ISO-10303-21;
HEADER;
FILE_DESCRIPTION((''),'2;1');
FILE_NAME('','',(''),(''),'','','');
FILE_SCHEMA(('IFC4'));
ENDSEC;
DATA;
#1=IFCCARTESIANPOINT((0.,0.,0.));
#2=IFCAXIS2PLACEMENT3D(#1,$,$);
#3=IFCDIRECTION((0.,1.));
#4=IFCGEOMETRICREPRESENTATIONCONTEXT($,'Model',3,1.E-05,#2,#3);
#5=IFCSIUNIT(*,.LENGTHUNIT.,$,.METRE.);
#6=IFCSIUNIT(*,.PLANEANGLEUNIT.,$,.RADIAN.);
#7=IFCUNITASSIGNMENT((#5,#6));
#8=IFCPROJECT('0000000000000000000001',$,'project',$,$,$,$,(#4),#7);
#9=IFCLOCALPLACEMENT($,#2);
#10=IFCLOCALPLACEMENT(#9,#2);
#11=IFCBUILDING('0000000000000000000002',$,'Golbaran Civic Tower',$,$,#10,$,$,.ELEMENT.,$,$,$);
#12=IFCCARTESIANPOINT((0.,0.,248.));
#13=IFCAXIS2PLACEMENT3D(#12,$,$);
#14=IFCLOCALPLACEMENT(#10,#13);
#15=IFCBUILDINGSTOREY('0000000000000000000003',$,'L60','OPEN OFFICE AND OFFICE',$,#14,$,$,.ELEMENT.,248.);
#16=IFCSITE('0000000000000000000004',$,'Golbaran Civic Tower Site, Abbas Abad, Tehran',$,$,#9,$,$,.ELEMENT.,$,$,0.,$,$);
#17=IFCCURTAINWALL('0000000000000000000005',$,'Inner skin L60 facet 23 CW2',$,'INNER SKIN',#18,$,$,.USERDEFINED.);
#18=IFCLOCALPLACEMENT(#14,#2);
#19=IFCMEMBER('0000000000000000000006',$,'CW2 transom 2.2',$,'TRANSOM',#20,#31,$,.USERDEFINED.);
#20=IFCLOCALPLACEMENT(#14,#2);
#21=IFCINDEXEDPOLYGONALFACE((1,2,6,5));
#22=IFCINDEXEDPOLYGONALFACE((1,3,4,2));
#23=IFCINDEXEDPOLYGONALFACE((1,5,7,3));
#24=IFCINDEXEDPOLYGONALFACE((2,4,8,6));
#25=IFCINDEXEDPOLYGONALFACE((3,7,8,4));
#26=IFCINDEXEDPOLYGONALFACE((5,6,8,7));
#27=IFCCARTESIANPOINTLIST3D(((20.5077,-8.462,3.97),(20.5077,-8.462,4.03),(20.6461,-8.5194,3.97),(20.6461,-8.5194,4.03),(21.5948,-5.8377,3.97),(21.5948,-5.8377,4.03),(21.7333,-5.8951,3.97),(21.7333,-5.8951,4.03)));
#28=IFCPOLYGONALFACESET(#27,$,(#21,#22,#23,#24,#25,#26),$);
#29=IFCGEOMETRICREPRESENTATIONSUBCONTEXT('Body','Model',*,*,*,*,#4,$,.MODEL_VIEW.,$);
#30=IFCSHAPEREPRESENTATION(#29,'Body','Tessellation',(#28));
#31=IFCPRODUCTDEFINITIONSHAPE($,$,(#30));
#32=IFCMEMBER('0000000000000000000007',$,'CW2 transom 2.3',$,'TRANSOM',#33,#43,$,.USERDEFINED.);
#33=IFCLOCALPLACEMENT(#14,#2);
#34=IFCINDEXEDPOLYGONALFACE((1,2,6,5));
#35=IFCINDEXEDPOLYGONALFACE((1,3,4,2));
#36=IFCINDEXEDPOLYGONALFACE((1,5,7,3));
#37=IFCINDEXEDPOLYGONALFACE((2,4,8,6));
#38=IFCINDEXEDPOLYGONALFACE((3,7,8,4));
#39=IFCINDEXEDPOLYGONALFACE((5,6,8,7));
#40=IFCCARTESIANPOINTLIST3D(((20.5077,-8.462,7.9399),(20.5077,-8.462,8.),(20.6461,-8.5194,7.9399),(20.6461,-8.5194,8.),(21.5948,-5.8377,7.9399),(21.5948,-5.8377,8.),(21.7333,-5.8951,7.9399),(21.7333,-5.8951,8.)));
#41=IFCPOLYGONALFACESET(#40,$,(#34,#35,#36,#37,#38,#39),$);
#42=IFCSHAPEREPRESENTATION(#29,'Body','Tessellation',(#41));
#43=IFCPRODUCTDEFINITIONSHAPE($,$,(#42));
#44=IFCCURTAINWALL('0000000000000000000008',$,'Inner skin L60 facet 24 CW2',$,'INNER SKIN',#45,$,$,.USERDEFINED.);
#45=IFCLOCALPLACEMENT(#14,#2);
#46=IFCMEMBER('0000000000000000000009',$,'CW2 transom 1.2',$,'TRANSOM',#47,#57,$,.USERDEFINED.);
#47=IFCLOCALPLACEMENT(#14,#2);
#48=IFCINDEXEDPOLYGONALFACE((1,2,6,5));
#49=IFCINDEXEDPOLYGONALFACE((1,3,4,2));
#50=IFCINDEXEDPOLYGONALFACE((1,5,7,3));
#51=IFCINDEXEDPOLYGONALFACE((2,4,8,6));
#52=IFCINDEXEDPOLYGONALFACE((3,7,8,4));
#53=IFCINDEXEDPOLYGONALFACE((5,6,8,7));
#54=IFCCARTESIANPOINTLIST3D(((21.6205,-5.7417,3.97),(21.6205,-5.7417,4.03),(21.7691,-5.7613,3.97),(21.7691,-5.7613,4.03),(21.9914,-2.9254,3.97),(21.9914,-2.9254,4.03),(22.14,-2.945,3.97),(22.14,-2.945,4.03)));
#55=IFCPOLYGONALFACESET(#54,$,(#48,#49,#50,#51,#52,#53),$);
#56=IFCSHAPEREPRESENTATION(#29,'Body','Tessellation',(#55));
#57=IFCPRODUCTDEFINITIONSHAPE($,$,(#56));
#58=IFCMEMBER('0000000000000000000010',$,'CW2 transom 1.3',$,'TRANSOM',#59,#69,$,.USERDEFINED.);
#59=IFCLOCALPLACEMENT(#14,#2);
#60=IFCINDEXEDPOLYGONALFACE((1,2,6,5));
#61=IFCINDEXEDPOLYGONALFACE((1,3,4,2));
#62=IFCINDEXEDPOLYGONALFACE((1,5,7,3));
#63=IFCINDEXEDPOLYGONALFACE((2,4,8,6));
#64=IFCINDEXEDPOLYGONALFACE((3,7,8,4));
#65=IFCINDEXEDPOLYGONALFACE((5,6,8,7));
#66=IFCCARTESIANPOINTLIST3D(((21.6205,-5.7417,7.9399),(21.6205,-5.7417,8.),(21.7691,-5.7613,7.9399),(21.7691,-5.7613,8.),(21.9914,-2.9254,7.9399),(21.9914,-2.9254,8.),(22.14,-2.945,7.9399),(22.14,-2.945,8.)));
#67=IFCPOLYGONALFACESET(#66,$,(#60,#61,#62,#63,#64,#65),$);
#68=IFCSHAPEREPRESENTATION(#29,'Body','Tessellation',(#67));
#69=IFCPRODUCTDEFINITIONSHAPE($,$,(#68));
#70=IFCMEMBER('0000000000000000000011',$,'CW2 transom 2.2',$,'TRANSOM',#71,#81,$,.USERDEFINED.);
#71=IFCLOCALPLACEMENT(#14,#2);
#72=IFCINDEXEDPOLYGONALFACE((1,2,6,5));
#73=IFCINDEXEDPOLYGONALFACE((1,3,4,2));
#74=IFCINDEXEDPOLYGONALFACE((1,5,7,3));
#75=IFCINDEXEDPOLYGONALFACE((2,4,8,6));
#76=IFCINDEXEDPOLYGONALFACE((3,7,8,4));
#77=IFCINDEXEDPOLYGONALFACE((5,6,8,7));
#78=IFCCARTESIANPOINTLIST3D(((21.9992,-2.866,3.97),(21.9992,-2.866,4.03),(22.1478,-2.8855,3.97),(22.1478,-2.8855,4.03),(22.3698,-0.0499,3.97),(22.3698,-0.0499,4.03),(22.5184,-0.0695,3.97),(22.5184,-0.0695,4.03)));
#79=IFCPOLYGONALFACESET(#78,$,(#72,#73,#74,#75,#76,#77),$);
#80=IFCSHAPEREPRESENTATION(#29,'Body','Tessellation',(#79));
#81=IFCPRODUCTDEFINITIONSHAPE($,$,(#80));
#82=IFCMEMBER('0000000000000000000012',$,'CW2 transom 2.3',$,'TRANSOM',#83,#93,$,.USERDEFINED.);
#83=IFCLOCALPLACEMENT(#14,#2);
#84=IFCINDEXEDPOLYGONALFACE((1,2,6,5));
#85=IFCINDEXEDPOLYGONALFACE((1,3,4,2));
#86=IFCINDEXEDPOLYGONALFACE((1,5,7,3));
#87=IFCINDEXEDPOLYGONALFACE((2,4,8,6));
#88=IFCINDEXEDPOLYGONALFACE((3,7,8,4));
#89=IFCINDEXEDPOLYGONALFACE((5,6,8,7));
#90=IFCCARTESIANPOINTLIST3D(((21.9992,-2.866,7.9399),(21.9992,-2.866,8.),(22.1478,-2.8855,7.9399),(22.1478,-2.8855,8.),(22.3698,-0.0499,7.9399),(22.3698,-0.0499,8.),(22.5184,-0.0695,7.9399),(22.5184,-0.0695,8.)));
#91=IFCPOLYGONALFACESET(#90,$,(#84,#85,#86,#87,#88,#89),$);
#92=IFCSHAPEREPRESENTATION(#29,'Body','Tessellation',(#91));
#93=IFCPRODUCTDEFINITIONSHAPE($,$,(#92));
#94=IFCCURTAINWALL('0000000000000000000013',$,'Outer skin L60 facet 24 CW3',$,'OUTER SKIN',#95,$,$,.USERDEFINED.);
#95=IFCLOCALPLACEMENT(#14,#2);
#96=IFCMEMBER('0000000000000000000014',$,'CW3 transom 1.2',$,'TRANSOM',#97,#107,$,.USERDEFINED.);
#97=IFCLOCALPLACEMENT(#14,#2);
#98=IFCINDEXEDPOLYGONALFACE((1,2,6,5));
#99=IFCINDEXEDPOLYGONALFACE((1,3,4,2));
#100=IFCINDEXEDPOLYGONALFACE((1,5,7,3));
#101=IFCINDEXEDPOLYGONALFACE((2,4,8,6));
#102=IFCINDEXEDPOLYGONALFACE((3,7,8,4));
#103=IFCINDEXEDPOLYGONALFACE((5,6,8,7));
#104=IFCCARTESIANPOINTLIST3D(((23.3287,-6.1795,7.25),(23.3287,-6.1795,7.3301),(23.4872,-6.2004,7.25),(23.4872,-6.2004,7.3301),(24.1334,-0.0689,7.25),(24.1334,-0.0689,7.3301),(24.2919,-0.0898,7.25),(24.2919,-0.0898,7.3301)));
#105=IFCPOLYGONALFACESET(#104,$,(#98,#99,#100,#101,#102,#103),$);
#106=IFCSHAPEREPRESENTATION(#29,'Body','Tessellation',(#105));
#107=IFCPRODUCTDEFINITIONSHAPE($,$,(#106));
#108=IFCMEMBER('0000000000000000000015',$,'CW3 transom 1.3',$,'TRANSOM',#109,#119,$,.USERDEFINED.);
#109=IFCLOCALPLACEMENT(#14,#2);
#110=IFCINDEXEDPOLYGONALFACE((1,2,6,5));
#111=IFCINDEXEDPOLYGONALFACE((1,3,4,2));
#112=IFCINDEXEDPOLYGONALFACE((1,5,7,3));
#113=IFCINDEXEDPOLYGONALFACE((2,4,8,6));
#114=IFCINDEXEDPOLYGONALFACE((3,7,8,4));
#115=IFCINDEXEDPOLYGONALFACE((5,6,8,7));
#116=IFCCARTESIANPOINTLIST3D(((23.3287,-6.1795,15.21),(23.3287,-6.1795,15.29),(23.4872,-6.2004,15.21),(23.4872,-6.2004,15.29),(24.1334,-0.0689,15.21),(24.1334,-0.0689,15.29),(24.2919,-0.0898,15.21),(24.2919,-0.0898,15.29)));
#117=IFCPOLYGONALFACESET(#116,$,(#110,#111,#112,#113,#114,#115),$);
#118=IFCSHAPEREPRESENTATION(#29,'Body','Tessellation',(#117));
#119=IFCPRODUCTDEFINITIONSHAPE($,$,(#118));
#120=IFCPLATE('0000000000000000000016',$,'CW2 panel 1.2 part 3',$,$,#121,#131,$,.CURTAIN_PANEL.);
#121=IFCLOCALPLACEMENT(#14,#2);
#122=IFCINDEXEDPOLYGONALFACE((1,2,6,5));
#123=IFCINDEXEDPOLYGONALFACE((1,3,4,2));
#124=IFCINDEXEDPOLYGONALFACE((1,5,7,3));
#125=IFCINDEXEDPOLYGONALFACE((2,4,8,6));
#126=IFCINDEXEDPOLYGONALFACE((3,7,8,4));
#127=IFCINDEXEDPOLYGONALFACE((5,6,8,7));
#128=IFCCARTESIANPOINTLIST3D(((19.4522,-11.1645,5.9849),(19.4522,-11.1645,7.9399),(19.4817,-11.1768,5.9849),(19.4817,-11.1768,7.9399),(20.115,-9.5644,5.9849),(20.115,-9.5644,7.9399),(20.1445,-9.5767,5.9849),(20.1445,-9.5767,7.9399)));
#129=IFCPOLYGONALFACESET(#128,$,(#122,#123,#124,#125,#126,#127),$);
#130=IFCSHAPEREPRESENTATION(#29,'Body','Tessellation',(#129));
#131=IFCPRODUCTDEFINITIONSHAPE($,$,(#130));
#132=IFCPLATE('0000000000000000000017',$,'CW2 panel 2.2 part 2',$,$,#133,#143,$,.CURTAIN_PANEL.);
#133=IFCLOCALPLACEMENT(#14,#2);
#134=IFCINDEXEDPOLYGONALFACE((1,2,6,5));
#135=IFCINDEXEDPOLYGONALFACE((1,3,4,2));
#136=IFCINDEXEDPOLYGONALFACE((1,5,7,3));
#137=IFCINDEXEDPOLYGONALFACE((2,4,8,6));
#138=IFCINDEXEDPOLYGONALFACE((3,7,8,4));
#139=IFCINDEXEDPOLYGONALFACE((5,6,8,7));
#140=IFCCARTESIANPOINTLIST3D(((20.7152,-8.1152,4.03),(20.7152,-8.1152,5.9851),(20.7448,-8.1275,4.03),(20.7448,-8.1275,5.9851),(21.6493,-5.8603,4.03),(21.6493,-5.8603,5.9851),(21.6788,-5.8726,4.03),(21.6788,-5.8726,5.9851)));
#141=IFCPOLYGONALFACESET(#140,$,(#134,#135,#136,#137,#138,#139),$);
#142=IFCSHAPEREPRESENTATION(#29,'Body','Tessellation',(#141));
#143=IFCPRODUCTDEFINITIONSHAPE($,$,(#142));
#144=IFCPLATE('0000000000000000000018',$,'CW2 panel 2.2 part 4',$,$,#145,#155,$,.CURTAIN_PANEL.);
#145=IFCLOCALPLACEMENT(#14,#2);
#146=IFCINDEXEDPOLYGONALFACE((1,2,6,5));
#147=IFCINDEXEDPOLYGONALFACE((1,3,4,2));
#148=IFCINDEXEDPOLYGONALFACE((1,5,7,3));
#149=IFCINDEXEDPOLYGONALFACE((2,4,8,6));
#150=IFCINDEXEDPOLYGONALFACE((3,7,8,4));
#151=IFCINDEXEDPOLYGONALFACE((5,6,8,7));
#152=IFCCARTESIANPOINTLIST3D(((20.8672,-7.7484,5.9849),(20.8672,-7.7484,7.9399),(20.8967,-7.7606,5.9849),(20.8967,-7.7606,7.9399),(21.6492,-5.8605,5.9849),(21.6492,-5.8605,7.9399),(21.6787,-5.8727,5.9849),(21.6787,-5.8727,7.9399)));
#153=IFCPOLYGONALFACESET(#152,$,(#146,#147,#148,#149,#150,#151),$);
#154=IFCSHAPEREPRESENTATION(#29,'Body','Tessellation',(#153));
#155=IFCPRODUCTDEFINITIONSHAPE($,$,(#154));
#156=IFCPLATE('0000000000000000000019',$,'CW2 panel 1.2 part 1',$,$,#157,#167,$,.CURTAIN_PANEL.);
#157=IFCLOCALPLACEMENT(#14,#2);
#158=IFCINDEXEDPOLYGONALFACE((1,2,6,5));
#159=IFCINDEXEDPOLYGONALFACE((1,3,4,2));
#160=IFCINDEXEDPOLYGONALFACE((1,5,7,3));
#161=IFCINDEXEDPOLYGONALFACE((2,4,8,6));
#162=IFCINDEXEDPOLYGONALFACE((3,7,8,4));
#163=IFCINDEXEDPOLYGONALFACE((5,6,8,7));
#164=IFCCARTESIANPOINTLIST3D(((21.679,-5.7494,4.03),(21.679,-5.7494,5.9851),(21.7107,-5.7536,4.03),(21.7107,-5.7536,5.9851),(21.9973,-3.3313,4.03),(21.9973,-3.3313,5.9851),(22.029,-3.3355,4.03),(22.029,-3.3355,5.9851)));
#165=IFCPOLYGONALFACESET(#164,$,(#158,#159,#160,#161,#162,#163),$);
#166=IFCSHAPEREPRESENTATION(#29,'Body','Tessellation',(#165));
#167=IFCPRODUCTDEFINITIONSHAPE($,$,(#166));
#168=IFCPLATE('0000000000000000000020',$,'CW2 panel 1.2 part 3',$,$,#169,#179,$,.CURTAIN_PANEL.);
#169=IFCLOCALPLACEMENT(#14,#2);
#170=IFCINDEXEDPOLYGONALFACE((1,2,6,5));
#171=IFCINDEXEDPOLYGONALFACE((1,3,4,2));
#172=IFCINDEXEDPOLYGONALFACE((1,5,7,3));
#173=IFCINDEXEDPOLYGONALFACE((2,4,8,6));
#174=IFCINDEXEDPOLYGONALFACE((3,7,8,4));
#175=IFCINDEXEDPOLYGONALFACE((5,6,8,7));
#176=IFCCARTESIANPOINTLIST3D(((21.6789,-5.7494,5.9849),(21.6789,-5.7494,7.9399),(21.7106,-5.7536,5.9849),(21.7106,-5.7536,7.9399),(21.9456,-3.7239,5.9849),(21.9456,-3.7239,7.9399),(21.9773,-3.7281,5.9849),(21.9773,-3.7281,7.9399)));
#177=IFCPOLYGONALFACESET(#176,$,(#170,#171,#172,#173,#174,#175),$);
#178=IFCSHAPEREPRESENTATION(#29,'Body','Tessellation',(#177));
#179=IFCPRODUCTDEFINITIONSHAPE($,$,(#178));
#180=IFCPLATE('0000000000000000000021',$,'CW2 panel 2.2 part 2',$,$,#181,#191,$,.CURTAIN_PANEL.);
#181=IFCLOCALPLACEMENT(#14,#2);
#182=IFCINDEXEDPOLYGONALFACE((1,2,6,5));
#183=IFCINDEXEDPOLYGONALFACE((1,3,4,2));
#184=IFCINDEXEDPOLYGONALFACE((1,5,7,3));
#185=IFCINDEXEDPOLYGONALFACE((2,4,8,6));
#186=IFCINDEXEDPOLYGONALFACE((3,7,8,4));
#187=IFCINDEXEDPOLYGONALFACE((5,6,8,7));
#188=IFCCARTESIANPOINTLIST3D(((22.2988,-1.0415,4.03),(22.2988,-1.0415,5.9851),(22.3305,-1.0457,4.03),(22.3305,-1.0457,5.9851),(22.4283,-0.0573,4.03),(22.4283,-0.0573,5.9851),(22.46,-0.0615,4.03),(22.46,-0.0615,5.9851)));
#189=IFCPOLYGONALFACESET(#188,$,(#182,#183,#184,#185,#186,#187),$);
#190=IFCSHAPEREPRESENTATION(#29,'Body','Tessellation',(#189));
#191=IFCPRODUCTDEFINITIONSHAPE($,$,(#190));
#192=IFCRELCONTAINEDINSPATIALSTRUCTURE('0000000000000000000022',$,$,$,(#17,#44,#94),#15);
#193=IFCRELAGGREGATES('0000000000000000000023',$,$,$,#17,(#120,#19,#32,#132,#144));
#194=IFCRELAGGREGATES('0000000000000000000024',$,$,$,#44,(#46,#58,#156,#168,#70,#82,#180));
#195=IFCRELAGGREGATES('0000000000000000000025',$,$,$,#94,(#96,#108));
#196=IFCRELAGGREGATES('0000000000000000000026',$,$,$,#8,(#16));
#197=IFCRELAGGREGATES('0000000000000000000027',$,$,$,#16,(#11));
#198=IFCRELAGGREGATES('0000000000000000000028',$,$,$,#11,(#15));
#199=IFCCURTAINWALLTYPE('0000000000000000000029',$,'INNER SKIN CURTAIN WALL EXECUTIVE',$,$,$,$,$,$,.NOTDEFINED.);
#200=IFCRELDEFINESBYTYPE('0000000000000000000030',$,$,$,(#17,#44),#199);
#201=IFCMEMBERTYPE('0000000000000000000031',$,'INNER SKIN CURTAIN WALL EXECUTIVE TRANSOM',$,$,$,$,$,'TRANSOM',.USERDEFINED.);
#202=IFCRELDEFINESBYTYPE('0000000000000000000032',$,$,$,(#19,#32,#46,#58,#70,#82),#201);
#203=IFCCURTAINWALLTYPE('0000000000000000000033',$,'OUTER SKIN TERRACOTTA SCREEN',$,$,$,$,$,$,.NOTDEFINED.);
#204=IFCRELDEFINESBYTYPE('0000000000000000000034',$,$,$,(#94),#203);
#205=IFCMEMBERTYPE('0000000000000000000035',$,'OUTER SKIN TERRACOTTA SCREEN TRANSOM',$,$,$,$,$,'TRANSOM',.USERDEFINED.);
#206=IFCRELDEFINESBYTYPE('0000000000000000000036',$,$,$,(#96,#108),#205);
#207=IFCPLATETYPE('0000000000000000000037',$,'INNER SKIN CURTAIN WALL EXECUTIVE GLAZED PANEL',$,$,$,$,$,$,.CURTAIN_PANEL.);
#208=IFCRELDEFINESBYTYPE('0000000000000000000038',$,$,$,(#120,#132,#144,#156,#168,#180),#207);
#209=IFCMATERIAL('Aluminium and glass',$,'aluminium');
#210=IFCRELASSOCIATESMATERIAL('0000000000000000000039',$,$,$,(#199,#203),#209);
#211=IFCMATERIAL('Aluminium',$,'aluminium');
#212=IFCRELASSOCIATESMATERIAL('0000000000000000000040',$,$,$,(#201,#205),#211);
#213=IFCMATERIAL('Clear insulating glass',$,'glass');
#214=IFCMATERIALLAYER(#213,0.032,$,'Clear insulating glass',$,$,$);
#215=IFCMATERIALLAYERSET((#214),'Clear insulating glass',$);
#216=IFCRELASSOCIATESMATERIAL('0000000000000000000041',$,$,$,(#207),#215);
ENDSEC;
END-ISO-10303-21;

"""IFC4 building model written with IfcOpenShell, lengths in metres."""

from ifc_helpers import new_model, si_unit, direction, frame, origin, origin_2d, place, context, subcontext, project, spatial, rectangle, extrude, material, layer, layer_set, material_profile, profile_set, type_object, element, aggregate, save


model = new_model("IFC4")

# Units and contexts
model_context = context("Model", 3, precision=1e-05, world=origin(), true_north=direction((0.0, 1.0)))
body_context = subcontext(model_context, "Body", "Model", "MODEL_VIEW")
ifc_project = project(units=[si_unit("LENGTHUNIT", "METRE"), si_unit("PLANEANGLEUNIT", "RADIAN")], contexts=[model_context])

# Site, building, storey
site_placement = place(None, origin())
site = spatial("IfcSite", under=ifc_project, at=site_placement, Name="Golbaran Civic Tower Site, Abbas Abad, Tehran", CompositionType="ELEMENT", RefElevation=0.0)
building_placement = place(site_placement, origin())
building = spatial("IfcBuilding", under=site, at=building_placement, Name="Golbaran Civic Tower", CompositionType="ELEMENT")
storey_placement = place(building_placement, frame((0.0, 0.0, 248.0)))
storey = spatial("IfcBuildingStorey", under=building, at=storey_placement, Name="L60", Description="OPEN OFFICE AND OFFICE", CompositionType="ELEMENT", Elevation=248.0)

# Curtain walls, members
ifc_material_1 = material(Name="Aluminium and glass", Category="aluminium")
curtain_wall_type_1 = type_object("IfcCurtainWallType", Name="INNER SKIN CURTAIN WALL EXECUTIVE", PredefinedType="NOTDEFINED", material=ifc_material_1)
curtain_wall_1_placement = place(storey_placement, origin())
curtain_wall_1 = element("IfcCurtainWall", 1, at=curtain_wall_1_placement, inside=storey, type_object=curtain_wall_type_1, Name="Inner skin L60 facet 23 CW2", ObjectType="INNER SKIN", PredefinedType="USERDEFINED")
ifc_material_2 = material(Name="Aluminium", Category="aluminium")
ifc_material_profile_1 = material_profile(ifc_material_2, rectangle(XDim=0.1499, YDim=0.0601, at=origin_2d()), Name="INNER SKIN CURTAIN WALL EXECUTIVE TRANSOM")
ifc_profile_set_1 = profile_set([ifc_material_profile_1], Name="Aluminium")
member_type_1 = type_object("IfcMemberType", Name="INNER SKIN CURTAIN WALL EXECUTIVE TRANSOM", ElementType="TRANSOM", PredefinedType="USERDEFINED", material=ifc_profile_set_1)
member_1_placement = place(storey_placement, frame((20.5769, -8.4907, 4.0), z_axis=(0.382729, 0.923861, 0.0), x_axis=(-0.923861, 0.382729, 0.0)))
member_1 = element("IfcMember", 2, at=member_1_placement, type_object=member_type_1, Name="CW2 transom 2.2", ObjectType="TRANSOM", PredefinedType="USERDEFINED", context=body_context, shape_type="SweptSolid", body=[
    extrude(rectangle(XDim=0.1499, YDim=0.0601, at=origin_2d()), origin(), (0.0, 0.0, 1.0), 2.8406),
])
member_2_placement = place(storey_placement, frame((20.5769, -8.4907, 7.97), z_axis=(0.382729, 0.923861, 0.0), x_axis=(-0.923861, 0.382729, 0.0)))
member_2 = element("IfcMember", 3, at=member_2_placement, type_object=member_type_1, Name="CW2 transom 2.3", ObjectType="TRANSOM", PredefinedType="USERDEFINED", context=body_context, shape_type="SweptSolid", body=[
    extrude(rectangle(XDim=0.1499, YDim=0.0601, at=origin_2d()), origin(), (0.0, 0.0, 1.0), 2.8406),
])
curtain_wall_2_placement = place(storey_placement, origin())
curtain_wall_2 = element("IfcCurtainWall", 4, at=curtain_wall_2_placement, inside=storey, type_object=curtain_wall_type_1, Name="Inner skin L60 facet 24 CW2", ObjectType="INNER SKIN", PredefinedType="USERDEFINED")
member_3_placement = place(storey_placement, frame((21.6948, -5.7515, 4.0), z_axis=(0.130559, 0.991441, 0.0), x_axis=(-0.991441, 0.130559, 0.0)))
member_3 = element("IfcMember", 5, at=member_3_placement, type_object=member_type_1, Name="CW2 transom 1.2", ObjectType="TRANSOM", PredefinedType="USERDEFINED", context=body_context, shape_type="SweptSolid", body=[
    extrude(rectangle(XDim=0.1499, YDim=0.0601, at=origin_2d()), origin(), (0.0, 0.0, 1.0), 2.8406),
])
member_4_placement = place(storey_placement, frame((21.6948, -5.7515, 7.97), z_axis=(0.130559, 0.991441, 0.0), x_axis=(-0.991441, 0.130559, 0.0)))
member_4 = element("IfcMember", 6, at=member_4_placement, type_object=member_type_1, Name="CW2 transom 1.3", ObjectType="TRANSOM", PredefinedType="USERDEFINED", context=body_context, shape_type="SweptSolid", body=[
    extrude(rectangle(XDim=0.1499, YDim=0.0601, at=origin_2d()), origin(), (0.0, 0.0, 1.0), 2.8406),
])
member_5_placement = place(storey_placement, frame((22.0735, -2.8757, 4.0), z_axis=(0.130475, 0.991452, 0.0), x_axis=(-0.991452, 0.130475, 0.0)))
member_5 = element("IfcMember", 7, at=member_5_placement, type_object=member_type_1, Name="CW2 transom 2.2", ObjectType="TRANSOM", PredefinedType="USERDEFINED", context=body_context, shape_type="SweptSolid", body=[
    extrude(rectangle(XDim=0.1499, YDim=0.0601, at=origin_2d()), origin(), (0.0, 0.0, 1.0), 2.8403),
])
member_6_placement = place(storey_placement, frame((22.0735, -2.8757, 7.97), z_axis=(0.130475, 0.991452, 0.0), x_axis=(-0.991452, 0.130475, 0.0)))
member_6 = element("IfcMember", 8, at=member_6_placement, type_object=member_type_1, Name="CW2 transom 2.3", ObjectType="TRANSOM", PredefinedType="USERDEFINED", context=body_context, shape_type="SweptSolid", body=[
    extrude(rectangle(XDim=0.1499, YDim=0.0601, at=origin_2d()), origin(), (0.0, 0.0, 1.0), 2.8403),
])
curtain_wall_type_2 = type_object("IfcCurtainWallType", Name="OUTER SKIN TERRACOTTA SCREEN", PredefinedType="NOTDEFINED", material=ifc_material_1)
curtain_wall_3_placement = place(storey_placement, origin())
curtain_wall_3 = element("IfcCurtainWall", 9, at=curtain_wall_3_placement, inside=storey, type_object=curtain_wall_type_2, Name="Outer skin L60 facet 24 CW3", ObjectType="OUTER SKIN", PredefinedType="USERDEFINED")
ifc_material_profile_2 = material_profile(ifc_material_2, rectangle(XDim=0.1599, YDim=0.0801, at=origin_2d()), Name="OUTER SKIN TERRACOTTA SCREEN TRANSOM")
ifc_profile_set_2 = profile_set([ifc_material_profile_2], Name="Aluminium")
member_type_2 = type_object("IfcMemberType", Name="OUTER SKIN TERRACOTTA SCREEN TRANSOM", ElementType="TRANSOM", PredefinedType="USERDEFINED", material=ifc_profile_set_2)
member_7_placement = place(storey_placement, frame((23.408, -6.1899, 7.29), z_axis=(0.13056, 0.99144, 0.0), x_axis=(-0.99144, 0.13056, 0.0)))
member_7 = element("IfcMember", 10, at=member_7_placement, type_object=member_type_2, Name="CW3 transom 1.2", ObjectType="TRANSOM", PredefinedType="USERDEFINED", context=body_context, shape_type="SweptSolid", body=[
    extrude(rectangle(XDim=0.1599, YDim=0.0801, at=origin_2d()), origin(), (0.0, 0.0, 1.0), 6.1633),
])
member_8_placement = place(storey_placement, frame((23.408, -6.1899, 15.25), z_axis=(0.13056, 0.99144, 0.0), x_axis=(-0.99144, 0.13056, 0.0)))
member_8 = element("IfcMember", 11, at=member_8_placement, type_object=member_type_2, Name="CW3 transom 1.3", ObjectType="TRANSOM", PredefinedType="USERDEFINED", context=body_context, shape_type="SweptSolid", body=[
    extrude(rectangle(XDim=0.1599, YDim=0.0801, at=origin_2d()), origin(), (0.0, 0.0, 1.0), 6.1633),
])

# Plates
ifc_material_3 = material(Name="Clear insulating glass", Category="glass")
ifc_layer_1 = layer(ifc_material_3, 0.032, Name="Clear insulating glass")
ifc_layer_set_1 = layer_set([ifc_layer_1], Name="Clear insulating glass")
plate_type_1 = type_object("IfcPlateType", Name="INNER SKIN CURTAIN WALL EXECUTIVE GLAZED PANEL", PredefinedType="CURTAIN_PANEL", material=ifc_layer_set_1)
plate_1_placement = place(storey_placement, frame((19.7983, -10.3706, 5.9849), z_axis=(0.0, 0.0, 1.0), x_axis=(0.382683, 0.92388, 0.0)))
plate_1 = element("IfcPlate", 12, at=plate_1_placement, type_object=plate_type_1, Name="CW2 panel 1.2 part 3", PredefinedType="CURTAIN_PANEL", context=body_context, shape_type="SweptSolid", body=[
    extrude(rectangle(XDim=1.7319, YDim=0.032, at=origin_2d()), origin(), (0.0, 0.0, 1.0), 1.9551),
])
plate_2_placement = place(storey_placement, frame((21.197, -6.9939, 4.03), z_axis=(0.0, 0.0, 1.0), x_axis=(0.382683, 0.92388, 0.0)))
plate_2 = element("IfcPlate", 13, at=plate_2_placement, type_object=plate_type_1, Name="CW2 panel 2.2 part 2", PredefinedType="CURTAIN_PANEL", context=body_context, shape_type="SweptSolid", body=[
    extrude(rectangle(XDim=2.4407, YDim=0.032, at=origin_2d()), origin(), (0.0, 0.0, 1.0), 1.9551),
])
plate_3_placement = place(storey_placement, frame((21.2729, -6.8105, 5.9849), z_axis=(0.0, 0.0, 1.0), x_axis=(0.382683, 0.92388, 0.0)))
plate_3 = element("IfcPlate", 14, at=plate_3_placement, type_object=plate_type_1, Name="CW2 panel 2.2 part 4", PredefinedType="CURTAIN_PANEL", context=body_context, shape_type="SweptSolid", body=[
    extrude(rectangle(XDim=2.0435, YDim=0.032, at=origin_2d()), origin(), (0.0, 0.0, 1.0), 1.9551),
])
plate_4_placement = place(storey_placement, frame((21.854, -4.5425, 4.03), z_axis=(0.0, 0.0, 1.0), x_axis=(0.130526, 0.991445, 0.0)))
plate_4 = element("IfcPlate", 15, at=plate_4_placement, type_object=plate_type_1, Name="CW2 panel 1.2 part 1", PredefinedType="CURTAIN_PANEL", context=body_context, shape_type="SweptSolid", body=[
    extrude(rectangle(XDim=2.439, YDim=0.032, at=origin_2d()), origin(), (0.0, 0.0, 1.0), 1.9551),
])
plate_5_placement = place(storey_placement, frame((21.8281, -4.7388, 5.9849), z_axis=(0.0, 0.0, 1.0), x_axis=(0.130526, 0.991445, 0.0)))
plate_5 = element("IfcPlate", 16, at=plate_5_placement, type_object=plate_type_1, Name="CW2 panel 1.2 part 3", PredefinedType="CURTAIN_PANEL", context=body_context, shape_type="SweptSolid", body=[
    extrude(rectangle(XDim=2.043, YDim=0.032, at=origin_2d()), origin(), (0.0, 0.0, 1.0), 1.9551),
])
plate_6_placement = place(storey_placement, frame((22.3794, -0.5515, 4.03), z_axis=(0.0, 0.0, 1.0), x_axis=(0.130526, 0.991445, 0.0)))
plate_6 = element("IfcPlate", 17, at=plate_6_placement, type_object=plate_type_1, Name="CW2 panel 2.2 part 2", PredefinedType="CURTAIN_PANEL", context=body_context, shape_type="SweptSolid", body=[
    extrude(rectangle(XDim=0.9927, YDim=0.032, at=origin_2d()), origin(), (0.0, 0.0, 1.0), 1.9551),
])
aggregate(curtain_wall_1, [plate_1, member_1, member_2, plate_2, plate_3])
aggregate(curtain_wall_2, [member_3, member_4, plate_4, plate_5, member_5, member_6, plate_6])
aggregate(curtain_wall_3, [member_7, member_8])

save(model, "model.ifc")
